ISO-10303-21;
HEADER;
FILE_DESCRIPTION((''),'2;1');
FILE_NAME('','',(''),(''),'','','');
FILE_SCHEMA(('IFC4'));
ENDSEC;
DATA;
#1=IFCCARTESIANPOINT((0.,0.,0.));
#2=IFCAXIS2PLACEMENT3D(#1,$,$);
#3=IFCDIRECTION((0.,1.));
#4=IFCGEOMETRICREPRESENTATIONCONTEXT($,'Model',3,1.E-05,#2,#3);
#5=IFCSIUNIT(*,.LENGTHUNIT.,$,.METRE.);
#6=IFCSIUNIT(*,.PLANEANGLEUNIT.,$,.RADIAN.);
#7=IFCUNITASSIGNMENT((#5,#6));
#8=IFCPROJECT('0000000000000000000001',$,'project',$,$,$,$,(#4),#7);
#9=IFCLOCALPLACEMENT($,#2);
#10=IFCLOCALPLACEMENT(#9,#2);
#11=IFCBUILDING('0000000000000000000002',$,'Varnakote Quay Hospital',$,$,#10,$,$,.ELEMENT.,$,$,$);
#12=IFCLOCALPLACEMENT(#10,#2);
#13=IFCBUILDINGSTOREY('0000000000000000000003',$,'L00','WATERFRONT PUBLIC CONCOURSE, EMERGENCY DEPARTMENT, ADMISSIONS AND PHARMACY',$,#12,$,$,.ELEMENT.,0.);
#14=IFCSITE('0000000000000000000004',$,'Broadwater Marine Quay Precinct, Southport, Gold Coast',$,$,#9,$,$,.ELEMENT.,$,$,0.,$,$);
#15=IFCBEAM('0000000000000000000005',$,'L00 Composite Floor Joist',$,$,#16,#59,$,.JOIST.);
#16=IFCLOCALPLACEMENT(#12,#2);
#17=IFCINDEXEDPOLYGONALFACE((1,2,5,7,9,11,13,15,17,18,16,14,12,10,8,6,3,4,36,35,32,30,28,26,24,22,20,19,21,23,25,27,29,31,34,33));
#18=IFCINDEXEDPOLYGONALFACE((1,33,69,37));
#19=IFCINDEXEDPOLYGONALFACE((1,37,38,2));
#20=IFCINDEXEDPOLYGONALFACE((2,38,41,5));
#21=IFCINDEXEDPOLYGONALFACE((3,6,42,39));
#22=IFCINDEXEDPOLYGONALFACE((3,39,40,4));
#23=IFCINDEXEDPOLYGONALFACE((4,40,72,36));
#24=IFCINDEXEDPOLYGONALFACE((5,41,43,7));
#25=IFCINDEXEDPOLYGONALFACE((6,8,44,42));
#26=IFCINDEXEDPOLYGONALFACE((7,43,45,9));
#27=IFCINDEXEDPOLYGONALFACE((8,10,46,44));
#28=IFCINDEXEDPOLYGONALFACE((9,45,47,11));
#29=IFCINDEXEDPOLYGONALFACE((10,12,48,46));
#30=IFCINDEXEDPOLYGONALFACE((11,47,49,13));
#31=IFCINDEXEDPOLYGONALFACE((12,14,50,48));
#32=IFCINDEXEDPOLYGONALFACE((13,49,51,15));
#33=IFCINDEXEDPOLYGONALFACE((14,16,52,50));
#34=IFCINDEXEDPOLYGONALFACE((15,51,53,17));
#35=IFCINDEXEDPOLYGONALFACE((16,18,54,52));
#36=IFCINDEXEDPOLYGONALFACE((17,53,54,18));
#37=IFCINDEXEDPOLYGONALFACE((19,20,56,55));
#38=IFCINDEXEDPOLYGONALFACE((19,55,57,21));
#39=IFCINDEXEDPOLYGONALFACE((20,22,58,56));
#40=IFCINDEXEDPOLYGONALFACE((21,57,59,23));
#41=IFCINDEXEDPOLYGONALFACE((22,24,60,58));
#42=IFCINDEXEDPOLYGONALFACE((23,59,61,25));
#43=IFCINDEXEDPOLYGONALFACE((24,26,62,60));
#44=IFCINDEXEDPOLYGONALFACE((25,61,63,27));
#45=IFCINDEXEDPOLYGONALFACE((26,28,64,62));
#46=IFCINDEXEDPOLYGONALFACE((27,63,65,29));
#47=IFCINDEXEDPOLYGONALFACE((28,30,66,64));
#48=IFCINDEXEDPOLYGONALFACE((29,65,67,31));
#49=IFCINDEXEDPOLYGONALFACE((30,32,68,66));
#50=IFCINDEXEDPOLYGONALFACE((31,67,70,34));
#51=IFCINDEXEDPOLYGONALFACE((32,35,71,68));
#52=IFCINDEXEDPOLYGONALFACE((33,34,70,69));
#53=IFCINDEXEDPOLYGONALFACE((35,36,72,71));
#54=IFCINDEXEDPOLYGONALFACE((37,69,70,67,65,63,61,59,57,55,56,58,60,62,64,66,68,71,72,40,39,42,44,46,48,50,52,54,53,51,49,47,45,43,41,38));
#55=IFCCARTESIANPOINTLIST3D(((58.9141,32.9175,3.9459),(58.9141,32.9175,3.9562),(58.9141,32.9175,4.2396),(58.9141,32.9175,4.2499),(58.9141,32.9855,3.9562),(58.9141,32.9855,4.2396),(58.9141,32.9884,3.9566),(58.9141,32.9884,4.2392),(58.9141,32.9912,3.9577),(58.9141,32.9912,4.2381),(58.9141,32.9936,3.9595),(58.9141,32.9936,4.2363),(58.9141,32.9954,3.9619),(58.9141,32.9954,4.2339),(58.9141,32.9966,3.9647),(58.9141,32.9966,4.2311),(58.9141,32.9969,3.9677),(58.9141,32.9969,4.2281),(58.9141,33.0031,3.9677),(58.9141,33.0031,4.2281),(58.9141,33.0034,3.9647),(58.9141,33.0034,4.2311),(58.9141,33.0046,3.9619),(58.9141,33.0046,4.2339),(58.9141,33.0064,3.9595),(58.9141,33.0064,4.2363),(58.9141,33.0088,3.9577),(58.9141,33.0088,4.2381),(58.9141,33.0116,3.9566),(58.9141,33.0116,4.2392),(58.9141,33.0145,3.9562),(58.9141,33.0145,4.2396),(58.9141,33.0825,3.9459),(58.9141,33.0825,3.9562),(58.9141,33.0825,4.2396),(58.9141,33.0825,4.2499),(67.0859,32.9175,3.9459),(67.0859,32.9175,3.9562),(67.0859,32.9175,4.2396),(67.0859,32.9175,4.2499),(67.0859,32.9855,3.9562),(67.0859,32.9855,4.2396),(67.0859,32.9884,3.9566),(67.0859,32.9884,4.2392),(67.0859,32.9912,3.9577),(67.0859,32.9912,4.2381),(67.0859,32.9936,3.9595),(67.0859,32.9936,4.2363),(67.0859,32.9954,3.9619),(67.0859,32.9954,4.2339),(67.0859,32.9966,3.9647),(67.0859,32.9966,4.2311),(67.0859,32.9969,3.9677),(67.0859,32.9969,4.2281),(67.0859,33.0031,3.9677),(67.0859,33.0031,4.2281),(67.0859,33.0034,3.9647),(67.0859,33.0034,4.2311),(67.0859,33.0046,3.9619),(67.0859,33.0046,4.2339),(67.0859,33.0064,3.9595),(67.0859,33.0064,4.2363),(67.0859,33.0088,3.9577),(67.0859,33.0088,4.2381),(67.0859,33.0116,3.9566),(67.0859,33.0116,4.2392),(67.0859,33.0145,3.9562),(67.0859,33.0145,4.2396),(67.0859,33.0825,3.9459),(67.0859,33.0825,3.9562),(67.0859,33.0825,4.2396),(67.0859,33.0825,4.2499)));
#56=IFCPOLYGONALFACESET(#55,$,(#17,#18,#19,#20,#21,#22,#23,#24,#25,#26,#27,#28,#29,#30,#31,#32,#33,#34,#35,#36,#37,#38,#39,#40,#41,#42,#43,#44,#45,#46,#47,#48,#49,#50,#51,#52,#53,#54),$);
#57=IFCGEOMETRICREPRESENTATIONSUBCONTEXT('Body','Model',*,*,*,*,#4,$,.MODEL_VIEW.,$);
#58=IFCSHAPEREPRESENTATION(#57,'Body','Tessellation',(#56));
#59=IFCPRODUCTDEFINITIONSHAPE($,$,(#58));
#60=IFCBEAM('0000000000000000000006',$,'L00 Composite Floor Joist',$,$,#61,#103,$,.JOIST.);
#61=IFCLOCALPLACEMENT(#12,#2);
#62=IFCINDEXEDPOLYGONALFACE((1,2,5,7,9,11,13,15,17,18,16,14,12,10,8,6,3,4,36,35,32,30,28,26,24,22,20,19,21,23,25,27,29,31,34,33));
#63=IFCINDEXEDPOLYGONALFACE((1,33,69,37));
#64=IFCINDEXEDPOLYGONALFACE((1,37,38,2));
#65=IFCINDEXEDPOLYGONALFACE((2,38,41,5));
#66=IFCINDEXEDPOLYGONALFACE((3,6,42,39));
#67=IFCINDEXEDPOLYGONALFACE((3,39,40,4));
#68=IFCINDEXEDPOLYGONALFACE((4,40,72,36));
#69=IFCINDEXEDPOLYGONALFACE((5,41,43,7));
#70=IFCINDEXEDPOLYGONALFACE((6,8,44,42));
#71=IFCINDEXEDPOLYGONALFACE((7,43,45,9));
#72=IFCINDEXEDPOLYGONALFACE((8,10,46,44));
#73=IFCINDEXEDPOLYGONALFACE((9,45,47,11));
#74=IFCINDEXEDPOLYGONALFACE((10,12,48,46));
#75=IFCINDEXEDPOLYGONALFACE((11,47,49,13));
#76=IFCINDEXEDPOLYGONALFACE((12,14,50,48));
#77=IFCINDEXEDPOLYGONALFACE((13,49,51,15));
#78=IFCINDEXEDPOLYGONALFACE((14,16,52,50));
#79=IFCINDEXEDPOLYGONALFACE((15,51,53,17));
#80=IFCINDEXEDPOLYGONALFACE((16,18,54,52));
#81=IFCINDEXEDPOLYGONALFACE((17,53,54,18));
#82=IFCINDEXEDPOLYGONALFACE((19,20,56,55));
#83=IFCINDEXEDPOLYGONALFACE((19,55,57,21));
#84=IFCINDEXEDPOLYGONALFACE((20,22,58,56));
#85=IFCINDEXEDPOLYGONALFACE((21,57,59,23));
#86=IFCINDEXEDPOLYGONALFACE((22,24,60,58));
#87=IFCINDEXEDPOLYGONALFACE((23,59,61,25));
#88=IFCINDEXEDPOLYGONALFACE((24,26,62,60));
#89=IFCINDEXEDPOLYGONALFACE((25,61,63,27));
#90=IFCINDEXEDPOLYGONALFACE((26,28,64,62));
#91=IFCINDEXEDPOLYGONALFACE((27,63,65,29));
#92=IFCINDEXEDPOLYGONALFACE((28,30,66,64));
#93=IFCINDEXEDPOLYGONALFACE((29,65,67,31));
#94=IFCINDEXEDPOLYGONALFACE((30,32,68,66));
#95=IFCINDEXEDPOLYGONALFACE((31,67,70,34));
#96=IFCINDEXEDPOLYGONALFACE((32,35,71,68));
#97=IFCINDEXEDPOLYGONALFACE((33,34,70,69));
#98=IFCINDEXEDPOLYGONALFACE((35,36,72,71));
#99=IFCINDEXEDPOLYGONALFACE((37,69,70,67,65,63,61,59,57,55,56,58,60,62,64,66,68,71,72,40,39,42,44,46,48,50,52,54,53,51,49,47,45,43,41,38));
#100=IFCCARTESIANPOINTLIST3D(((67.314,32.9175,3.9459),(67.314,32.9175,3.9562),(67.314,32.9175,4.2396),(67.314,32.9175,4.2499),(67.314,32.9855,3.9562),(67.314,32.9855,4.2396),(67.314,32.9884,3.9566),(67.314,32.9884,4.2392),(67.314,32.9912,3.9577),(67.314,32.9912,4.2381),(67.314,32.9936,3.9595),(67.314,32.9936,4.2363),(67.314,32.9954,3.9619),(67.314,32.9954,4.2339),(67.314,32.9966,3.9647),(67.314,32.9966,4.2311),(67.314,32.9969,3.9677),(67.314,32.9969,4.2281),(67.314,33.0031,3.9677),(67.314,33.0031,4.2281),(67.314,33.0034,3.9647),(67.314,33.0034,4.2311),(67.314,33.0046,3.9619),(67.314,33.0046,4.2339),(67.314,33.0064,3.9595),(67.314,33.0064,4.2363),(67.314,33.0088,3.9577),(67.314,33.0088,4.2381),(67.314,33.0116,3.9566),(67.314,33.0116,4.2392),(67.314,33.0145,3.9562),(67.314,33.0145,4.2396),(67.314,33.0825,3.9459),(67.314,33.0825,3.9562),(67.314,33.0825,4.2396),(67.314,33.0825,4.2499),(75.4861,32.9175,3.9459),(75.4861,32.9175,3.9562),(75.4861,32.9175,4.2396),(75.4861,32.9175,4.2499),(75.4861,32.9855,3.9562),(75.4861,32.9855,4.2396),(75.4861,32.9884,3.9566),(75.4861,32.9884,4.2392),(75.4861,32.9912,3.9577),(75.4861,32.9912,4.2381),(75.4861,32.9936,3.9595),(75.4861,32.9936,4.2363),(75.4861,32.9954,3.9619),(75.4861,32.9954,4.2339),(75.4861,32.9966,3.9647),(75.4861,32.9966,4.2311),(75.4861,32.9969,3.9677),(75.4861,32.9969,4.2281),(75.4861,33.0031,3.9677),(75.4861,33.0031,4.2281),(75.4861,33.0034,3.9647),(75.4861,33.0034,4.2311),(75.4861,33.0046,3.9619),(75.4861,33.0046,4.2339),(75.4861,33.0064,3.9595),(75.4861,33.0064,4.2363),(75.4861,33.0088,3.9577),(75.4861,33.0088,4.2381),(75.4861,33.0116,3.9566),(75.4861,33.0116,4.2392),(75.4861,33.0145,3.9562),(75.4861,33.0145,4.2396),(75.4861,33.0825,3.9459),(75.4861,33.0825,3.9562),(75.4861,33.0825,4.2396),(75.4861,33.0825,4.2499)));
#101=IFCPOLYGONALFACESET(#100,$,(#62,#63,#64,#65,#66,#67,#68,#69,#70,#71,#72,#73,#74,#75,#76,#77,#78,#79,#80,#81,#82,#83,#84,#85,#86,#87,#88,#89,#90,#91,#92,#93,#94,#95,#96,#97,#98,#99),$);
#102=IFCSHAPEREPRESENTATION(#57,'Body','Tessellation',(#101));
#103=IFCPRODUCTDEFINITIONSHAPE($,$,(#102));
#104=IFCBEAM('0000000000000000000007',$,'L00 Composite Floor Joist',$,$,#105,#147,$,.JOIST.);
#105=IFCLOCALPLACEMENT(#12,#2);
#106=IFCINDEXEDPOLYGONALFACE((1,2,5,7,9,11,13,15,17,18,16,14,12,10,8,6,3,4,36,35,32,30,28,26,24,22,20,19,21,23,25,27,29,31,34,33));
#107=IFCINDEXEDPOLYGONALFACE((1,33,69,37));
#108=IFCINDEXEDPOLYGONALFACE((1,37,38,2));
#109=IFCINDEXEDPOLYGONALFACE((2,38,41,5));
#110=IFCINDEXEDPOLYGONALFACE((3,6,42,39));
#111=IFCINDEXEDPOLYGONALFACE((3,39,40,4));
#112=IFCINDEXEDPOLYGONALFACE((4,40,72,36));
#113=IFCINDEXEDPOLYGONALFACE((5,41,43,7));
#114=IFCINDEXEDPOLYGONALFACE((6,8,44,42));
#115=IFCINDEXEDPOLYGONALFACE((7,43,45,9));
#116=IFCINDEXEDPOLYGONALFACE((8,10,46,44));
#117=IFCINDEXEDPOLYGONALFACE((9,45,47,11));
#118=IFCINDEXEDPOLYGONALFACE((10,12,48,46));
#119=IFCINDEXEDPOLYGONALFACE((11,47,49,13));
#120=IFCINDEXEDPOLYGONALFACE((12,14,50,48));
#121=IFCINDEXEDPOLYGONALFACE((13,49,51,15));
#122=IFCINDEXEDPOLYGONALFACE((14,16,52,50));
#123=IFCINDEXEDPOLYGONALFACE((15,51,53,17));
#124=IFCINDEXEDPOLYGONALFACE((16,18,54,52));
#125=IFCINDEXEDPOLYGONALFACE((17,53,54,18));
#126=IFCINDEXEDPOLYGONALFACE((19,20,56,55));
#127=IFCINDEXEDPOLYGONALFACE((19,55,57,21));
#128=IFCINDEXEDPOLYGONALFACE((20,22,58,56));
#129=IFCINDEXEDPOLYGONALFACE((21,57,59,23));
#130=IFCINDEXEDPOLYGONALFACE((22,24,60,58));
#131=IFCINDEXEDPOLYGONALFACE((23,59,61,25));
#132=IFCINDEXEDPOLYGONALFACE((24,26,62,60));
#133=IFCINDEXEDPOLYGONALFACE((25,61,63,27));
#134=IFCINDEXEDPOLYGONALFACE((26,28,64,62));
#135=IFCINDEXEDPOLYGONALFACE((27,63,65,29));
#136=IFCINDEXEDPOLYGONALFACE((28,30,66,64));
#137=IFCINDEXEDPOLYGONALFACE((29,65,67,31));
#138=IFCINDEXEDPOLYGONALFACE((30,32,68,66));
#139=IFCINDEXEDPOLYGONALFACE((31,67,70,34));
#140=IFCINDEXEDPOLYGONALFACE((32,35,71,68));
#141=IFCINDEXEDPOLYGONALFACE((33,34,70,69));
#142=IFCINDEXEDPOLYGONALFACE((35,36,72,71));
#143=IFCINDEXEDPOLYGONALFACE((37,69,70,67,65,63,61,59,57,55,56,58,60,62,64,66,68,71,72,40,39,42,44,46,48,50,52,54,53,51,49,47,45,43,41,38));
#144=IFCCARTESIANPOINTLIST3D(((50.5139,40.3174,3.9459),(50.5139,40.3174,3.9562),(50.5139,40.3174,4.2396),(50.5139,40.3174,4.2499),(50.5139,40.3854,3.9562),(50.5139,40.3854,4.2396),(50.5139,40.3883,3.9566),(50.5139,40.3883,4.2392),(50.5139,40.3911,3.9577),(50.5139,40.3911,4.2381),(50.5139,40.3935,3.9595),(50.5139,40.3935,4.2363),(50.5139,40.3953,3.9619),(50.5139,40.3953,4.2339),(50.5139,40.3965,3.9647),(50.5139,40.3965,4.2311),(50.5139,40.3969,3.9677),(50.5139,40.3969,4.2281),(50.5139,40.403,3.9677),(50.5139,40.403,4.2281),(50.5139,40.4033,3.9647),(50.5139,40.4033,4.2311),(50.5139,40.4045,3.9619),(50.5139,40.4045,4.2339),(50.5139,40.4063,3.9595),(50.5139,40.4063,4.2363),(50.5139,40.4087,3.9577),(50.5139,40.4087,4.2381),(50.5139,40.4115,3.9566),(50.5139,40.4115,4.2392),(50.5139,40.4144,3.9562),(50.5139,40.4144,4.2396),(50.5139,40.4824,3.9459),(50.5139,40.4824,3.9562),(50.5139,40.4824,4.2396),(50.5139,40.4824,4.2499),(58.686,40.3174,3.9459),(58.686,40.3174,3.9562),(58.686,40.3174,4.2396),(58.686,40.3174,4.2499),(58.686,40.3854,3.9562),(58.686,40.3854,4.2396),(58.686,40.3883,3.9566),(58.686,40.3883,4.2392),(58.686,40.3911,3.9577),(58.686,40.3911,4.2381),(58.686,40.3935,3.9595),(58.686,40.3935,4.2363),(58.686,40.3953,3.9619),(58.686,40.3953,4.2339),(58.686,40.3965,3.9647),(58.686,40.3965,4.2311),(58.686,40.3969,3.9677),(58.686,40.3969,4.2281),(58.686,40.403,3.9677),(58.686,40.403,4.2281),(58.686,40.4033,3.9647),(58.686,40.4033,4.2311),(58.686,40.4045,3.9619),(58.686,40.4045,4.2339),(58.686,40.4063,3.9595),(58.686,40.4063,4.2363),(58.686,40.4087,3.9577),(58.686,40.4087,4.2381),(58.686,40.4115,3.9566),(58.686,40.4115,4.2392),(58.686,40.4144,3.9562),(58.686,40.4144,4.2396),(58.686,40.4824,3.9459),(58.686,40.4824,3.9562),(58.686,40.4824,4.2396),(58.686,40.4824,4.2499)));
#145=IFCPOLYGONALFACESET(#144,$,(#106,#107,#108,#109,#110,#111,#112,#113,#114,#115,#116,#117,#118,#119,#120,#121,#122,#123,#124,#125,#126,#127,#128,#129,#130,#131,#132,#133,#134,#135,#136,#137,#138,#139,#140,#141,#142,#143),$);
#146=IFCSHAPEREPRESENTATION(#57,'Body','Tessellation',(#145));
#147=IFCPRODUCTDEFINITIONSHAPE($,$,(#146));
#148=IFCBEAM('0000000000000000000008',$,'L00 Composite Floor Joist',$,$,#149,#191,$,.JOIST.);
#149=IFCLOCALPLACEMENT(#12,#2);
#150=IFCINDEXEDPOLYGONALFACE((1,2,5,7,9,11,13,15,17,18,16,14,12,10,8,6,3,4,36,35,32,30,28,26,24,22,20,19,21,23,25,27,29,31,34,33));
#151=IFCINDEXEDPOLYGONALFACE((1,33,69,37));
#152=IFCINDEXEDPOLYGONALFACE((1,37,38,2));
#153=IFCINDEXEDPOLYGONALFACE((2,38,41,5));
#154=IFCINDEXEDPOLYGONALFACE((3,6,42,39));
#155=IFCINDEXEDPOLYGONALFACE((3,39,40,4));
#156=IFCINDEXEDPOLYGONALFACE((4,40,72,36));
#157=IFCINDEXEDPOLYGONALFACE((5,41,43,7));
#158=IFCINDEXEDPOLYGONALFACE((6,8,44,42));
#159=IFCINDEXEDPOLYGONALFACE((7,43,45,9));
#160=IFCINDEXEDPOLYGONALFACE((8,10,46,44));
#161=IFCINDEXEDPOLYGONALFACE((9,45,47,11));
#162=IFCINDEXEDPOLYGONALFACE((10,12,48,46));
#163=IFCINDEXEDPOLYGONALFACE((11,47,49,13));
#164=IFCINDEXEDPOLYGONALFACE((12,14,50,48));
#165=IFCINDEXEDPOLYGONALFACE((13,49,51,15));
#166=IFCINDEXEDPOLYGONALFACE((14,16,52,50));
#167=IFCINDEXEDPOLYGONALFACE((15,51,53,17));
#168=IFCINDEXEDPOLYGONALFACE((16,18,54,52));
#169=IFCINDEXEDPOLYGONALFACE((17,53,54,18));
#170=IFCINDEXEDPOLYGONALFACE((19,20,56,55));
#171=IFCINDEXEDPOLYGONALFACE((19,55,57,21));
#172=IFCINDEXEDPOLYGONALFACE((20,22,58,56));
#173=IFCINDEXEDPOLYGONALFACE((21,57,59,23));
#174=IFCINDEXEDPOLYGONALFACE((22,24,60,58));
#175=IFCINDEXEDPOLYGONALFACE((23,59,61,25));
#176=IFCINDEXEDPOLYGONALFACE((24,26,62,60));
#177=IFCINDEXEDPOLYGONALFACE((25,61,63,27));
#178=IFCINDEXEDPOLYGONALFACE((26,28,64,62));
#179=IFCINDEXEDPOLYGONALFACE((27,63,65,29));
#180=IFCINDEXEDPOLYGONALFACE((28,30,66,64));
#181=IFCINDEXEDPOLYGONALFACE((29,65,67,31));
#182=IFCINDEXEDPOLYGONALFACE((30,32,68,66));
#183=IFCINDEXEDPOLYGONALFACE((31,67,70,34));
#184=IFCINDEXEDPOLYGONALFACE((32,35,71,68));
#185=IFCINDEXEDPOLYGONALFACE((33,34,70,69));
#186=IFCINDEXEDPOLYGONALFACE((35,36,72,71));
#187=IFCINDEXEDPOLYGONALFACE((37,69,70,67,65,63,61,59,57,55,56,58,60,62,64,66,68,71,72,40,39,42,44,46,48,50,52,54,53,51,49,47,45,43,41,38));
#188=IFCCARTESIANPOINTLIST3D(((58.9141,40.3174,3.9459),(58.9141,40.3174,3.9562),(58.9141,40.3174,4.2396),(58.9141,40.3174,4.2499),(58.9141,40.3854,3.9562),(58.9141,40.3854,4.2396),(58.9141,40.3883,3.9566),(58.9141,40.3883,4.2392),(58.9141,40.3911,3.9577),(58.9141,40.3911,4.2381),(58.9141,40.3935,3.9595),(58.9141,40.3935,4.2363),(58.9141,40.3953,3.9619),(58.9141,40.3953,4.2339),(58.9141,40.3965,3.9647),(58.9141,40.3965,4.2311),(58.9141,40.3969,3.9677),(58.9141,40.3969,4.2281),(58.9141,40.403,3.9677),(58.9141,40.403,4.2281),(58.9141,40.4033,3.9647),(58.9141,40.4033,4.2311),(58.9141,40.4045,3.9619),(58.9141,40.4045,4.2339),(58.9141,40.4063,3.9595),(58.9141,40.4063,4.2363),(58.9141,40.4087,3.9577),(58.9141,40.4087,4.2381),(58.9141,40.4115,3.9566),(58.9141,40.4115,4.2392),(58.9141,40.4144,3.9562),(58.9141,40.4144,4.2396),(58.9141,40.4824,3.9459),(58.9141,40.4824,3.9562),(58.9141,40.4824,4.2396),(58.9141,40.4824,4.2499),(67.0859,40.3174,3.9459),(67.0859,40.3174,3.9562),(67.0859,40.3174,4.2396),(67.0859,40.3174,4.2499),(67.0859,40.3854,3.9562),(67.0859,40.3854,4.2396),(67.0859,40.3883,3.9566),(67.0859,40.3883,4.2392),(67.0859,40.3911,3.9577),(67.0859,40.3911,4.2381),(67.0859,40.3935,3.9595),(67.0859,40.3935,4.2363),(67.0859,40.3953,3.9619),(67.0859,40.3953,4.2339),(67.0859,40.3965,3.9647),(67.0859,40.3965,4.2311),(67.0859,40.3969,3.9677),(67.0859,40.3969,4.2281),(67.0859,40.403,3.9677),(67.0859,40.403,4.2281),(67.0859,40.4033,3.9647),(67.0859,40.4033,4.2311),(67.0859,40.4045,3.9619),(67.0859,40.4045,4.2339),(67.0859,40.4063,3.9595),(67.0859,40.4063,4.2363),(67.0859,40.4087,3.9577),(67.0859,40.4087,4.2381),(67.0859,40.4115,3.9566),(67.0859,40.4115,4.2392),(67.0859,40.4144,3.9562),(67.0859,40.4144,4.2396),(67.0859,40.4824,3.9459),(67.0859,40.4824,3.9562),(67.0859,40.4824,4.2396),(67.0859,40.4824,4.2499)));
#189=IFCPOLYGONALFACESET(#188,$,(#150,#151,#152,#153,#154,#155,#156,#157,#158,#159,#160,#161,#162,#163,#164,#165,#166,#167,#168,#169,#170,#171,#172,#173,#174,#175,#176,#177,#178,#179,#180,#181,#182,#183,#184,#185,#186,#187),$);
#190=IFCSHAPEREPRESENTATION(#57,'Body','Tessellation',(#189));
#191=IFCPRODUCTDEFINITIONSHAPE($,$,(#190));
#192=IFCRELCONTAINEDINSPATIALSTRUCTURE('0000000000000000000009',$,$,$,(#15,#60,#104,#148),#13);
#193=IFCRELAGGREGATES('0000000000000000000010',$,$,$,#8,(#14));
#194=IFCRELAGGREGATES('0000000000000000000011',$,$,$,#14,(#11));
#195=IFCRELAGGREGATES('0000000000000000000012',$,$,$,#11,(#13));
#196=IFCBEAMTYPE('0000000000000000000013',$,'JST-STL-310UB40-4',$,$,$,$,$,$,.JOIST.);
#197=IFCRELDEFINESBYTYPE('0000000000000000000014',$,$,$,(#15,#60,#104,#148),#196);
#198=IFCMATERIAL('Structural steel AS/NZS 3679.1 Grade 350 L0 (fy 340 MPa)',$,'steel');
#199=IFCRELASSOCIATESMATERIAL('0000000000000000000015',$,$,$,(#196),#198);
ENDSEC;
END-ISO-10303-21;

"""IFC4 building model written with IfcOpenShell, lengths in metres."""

from ifc_helpers import new_model, si_unit, direction, frame, origin, origin_2d, place, context, subcontext, project, spatial, i_section, extrude, material, material_profile, profile_set, type_object, element, save


model = new_model("IFC4")

# Units and contexts
model_context = context("Model", 3, precision=1e-05, world=origin(), true_north=direction((0.0, 1.0)))
body_context = subcontext(model_context, "Body", "Model", "MODEL_VIEW")
ifc_project = project(units=[si_unit("LENGTHUNIT", "METRE"), si_unit("PLANEANGLEUNIT", "RADIAN")], contexts=[model_context])

# Site, building, storey
site_placement = place(None, origin())
site = spatial("IfcSite", under=ifc_project, at=site_placement, Name="Broadwater Marine Quay Precinct, Southport, Gold Coast", CompositionType="ELEMENT", RefElevation=0.0)
building_placement = place(site_placement, origin())
building = spatial("IfcBuilding", under=site, at=building_placement, Name="Varnakote Quay Hospital", CompositionType="ELEMENT")
storey_placement = place(building_placement, origin())
storey = spatial("IfcBuildingStorey", under=building, at=storey_placement, Name="L00", Description="WATERFRONT PUBLIC CONCOURSE, EMERGENCY DEPARTMENT, ADMISSIONS AND PHARMACY", CompositionType="ELEMENT", Elevation=0.0)

# Beams
ifc_material_1 = material(Name="Structural steel AS/NZS 3679.1 Grade 350 L0 (fy 340 MPa)", Category="steel")
ifc_material_profile_1 = material_profile(ifc_material_1, i_section(OverallWidth=0.165, OverallDepth=0.304, WebThickness=0.0061, FlangeThickness=0.0103, FilletRadius=0.0115, at=origin_2d()), Name="310UB40.4")
ifc_profile_set_1 = profile_set([ifc_material_profile_1], Name="Structural steel AS/NZS 3679.1 Grade 350 L0 (fy 340 MPa)")
beam_type_1 = type_object("IfcBeamType", Name="JST-STL-310UB40-4", PredefinedType="JOIST", material=ifc_profile_set_1)
beam_1_placement = place(storey_placement, frame((58.9141, 33.0, 4.0979), z_axis=(1.0, 0.0, 0.0), x_axis=(0.0, 1.0, 0.0)))
element("IfcBeam", 1, at=beam_1_placement, inside=storey, type_object=beam_type_1, Name="L00 Composite Floor Joist", PredefinedType="JOIST", context=body_context, shape_type="SweptSolid", body=[
    extrude(i_section(OverallWidth=0.165, OverallDepth=0.304, WebThickness=0.0061, FlangeThickness=0.0103, FilletRadius=0.0115, at=origin_2d()), origin(), (0.0, 0.0, 1.0), 8.1719),
])
for number, where, z_axis, x_axis, name in (
    (2, (67.314, 33.0, 4.0979), (1.0, 0.0, 0.0), (0.0, 1.0, 0.0), "L00 Composite Floor Joist"),
    (3, (50.5139, 40.3999, 4.0979), (1.0, 0.0, 0.0), (0.0, 1.0, 0.0), "L00 Composite Floor Joist"),
):
    element("IfcBeam", number, at=place(storey_placement, frame(where, z_axis=z_axis, x_axis=x_axis)), inside=storey, type_object=beam_type_1, Name=name, PredefinedType="JOIST", context=body_context, shape_type="SweptSolid", body=[
        extrude(i_section(OverallWidth=0.165, OverallDepth=0.304, WebThickness=0.0061, FlangeThickness=0.0103, FilletRadius=0.0115, at=origin_2d()), origin(), (0.0, 0.0, 1.0), 8.1721),
    ])
beam_2_placement = place(storey_placement, frame((58.9141, 40.3999, 4.0979), z_axis=(1.0, 0.0, 0.0), x_axis=(0.0, 1.0, 0.0)))
element("IfcBeam", 4, at=beam_2_placement, inside=storey, type_object=beam_type_1, Name="L00 Composite Floor Joist", PredefinedType="JOIST", context=body_context, shape_type="SweptSolid", body=[
    extrude(i_section(OverallWidth=0.165, OverallDepth=0.304, WebThickness=0.0061, FlangeThickness=0.0103, FilletRadius=0.0115, at=origin_2d()), origin(), (0.0, 0.0, 1.0), 8.1719),
])

save(model, "model.ifc")
